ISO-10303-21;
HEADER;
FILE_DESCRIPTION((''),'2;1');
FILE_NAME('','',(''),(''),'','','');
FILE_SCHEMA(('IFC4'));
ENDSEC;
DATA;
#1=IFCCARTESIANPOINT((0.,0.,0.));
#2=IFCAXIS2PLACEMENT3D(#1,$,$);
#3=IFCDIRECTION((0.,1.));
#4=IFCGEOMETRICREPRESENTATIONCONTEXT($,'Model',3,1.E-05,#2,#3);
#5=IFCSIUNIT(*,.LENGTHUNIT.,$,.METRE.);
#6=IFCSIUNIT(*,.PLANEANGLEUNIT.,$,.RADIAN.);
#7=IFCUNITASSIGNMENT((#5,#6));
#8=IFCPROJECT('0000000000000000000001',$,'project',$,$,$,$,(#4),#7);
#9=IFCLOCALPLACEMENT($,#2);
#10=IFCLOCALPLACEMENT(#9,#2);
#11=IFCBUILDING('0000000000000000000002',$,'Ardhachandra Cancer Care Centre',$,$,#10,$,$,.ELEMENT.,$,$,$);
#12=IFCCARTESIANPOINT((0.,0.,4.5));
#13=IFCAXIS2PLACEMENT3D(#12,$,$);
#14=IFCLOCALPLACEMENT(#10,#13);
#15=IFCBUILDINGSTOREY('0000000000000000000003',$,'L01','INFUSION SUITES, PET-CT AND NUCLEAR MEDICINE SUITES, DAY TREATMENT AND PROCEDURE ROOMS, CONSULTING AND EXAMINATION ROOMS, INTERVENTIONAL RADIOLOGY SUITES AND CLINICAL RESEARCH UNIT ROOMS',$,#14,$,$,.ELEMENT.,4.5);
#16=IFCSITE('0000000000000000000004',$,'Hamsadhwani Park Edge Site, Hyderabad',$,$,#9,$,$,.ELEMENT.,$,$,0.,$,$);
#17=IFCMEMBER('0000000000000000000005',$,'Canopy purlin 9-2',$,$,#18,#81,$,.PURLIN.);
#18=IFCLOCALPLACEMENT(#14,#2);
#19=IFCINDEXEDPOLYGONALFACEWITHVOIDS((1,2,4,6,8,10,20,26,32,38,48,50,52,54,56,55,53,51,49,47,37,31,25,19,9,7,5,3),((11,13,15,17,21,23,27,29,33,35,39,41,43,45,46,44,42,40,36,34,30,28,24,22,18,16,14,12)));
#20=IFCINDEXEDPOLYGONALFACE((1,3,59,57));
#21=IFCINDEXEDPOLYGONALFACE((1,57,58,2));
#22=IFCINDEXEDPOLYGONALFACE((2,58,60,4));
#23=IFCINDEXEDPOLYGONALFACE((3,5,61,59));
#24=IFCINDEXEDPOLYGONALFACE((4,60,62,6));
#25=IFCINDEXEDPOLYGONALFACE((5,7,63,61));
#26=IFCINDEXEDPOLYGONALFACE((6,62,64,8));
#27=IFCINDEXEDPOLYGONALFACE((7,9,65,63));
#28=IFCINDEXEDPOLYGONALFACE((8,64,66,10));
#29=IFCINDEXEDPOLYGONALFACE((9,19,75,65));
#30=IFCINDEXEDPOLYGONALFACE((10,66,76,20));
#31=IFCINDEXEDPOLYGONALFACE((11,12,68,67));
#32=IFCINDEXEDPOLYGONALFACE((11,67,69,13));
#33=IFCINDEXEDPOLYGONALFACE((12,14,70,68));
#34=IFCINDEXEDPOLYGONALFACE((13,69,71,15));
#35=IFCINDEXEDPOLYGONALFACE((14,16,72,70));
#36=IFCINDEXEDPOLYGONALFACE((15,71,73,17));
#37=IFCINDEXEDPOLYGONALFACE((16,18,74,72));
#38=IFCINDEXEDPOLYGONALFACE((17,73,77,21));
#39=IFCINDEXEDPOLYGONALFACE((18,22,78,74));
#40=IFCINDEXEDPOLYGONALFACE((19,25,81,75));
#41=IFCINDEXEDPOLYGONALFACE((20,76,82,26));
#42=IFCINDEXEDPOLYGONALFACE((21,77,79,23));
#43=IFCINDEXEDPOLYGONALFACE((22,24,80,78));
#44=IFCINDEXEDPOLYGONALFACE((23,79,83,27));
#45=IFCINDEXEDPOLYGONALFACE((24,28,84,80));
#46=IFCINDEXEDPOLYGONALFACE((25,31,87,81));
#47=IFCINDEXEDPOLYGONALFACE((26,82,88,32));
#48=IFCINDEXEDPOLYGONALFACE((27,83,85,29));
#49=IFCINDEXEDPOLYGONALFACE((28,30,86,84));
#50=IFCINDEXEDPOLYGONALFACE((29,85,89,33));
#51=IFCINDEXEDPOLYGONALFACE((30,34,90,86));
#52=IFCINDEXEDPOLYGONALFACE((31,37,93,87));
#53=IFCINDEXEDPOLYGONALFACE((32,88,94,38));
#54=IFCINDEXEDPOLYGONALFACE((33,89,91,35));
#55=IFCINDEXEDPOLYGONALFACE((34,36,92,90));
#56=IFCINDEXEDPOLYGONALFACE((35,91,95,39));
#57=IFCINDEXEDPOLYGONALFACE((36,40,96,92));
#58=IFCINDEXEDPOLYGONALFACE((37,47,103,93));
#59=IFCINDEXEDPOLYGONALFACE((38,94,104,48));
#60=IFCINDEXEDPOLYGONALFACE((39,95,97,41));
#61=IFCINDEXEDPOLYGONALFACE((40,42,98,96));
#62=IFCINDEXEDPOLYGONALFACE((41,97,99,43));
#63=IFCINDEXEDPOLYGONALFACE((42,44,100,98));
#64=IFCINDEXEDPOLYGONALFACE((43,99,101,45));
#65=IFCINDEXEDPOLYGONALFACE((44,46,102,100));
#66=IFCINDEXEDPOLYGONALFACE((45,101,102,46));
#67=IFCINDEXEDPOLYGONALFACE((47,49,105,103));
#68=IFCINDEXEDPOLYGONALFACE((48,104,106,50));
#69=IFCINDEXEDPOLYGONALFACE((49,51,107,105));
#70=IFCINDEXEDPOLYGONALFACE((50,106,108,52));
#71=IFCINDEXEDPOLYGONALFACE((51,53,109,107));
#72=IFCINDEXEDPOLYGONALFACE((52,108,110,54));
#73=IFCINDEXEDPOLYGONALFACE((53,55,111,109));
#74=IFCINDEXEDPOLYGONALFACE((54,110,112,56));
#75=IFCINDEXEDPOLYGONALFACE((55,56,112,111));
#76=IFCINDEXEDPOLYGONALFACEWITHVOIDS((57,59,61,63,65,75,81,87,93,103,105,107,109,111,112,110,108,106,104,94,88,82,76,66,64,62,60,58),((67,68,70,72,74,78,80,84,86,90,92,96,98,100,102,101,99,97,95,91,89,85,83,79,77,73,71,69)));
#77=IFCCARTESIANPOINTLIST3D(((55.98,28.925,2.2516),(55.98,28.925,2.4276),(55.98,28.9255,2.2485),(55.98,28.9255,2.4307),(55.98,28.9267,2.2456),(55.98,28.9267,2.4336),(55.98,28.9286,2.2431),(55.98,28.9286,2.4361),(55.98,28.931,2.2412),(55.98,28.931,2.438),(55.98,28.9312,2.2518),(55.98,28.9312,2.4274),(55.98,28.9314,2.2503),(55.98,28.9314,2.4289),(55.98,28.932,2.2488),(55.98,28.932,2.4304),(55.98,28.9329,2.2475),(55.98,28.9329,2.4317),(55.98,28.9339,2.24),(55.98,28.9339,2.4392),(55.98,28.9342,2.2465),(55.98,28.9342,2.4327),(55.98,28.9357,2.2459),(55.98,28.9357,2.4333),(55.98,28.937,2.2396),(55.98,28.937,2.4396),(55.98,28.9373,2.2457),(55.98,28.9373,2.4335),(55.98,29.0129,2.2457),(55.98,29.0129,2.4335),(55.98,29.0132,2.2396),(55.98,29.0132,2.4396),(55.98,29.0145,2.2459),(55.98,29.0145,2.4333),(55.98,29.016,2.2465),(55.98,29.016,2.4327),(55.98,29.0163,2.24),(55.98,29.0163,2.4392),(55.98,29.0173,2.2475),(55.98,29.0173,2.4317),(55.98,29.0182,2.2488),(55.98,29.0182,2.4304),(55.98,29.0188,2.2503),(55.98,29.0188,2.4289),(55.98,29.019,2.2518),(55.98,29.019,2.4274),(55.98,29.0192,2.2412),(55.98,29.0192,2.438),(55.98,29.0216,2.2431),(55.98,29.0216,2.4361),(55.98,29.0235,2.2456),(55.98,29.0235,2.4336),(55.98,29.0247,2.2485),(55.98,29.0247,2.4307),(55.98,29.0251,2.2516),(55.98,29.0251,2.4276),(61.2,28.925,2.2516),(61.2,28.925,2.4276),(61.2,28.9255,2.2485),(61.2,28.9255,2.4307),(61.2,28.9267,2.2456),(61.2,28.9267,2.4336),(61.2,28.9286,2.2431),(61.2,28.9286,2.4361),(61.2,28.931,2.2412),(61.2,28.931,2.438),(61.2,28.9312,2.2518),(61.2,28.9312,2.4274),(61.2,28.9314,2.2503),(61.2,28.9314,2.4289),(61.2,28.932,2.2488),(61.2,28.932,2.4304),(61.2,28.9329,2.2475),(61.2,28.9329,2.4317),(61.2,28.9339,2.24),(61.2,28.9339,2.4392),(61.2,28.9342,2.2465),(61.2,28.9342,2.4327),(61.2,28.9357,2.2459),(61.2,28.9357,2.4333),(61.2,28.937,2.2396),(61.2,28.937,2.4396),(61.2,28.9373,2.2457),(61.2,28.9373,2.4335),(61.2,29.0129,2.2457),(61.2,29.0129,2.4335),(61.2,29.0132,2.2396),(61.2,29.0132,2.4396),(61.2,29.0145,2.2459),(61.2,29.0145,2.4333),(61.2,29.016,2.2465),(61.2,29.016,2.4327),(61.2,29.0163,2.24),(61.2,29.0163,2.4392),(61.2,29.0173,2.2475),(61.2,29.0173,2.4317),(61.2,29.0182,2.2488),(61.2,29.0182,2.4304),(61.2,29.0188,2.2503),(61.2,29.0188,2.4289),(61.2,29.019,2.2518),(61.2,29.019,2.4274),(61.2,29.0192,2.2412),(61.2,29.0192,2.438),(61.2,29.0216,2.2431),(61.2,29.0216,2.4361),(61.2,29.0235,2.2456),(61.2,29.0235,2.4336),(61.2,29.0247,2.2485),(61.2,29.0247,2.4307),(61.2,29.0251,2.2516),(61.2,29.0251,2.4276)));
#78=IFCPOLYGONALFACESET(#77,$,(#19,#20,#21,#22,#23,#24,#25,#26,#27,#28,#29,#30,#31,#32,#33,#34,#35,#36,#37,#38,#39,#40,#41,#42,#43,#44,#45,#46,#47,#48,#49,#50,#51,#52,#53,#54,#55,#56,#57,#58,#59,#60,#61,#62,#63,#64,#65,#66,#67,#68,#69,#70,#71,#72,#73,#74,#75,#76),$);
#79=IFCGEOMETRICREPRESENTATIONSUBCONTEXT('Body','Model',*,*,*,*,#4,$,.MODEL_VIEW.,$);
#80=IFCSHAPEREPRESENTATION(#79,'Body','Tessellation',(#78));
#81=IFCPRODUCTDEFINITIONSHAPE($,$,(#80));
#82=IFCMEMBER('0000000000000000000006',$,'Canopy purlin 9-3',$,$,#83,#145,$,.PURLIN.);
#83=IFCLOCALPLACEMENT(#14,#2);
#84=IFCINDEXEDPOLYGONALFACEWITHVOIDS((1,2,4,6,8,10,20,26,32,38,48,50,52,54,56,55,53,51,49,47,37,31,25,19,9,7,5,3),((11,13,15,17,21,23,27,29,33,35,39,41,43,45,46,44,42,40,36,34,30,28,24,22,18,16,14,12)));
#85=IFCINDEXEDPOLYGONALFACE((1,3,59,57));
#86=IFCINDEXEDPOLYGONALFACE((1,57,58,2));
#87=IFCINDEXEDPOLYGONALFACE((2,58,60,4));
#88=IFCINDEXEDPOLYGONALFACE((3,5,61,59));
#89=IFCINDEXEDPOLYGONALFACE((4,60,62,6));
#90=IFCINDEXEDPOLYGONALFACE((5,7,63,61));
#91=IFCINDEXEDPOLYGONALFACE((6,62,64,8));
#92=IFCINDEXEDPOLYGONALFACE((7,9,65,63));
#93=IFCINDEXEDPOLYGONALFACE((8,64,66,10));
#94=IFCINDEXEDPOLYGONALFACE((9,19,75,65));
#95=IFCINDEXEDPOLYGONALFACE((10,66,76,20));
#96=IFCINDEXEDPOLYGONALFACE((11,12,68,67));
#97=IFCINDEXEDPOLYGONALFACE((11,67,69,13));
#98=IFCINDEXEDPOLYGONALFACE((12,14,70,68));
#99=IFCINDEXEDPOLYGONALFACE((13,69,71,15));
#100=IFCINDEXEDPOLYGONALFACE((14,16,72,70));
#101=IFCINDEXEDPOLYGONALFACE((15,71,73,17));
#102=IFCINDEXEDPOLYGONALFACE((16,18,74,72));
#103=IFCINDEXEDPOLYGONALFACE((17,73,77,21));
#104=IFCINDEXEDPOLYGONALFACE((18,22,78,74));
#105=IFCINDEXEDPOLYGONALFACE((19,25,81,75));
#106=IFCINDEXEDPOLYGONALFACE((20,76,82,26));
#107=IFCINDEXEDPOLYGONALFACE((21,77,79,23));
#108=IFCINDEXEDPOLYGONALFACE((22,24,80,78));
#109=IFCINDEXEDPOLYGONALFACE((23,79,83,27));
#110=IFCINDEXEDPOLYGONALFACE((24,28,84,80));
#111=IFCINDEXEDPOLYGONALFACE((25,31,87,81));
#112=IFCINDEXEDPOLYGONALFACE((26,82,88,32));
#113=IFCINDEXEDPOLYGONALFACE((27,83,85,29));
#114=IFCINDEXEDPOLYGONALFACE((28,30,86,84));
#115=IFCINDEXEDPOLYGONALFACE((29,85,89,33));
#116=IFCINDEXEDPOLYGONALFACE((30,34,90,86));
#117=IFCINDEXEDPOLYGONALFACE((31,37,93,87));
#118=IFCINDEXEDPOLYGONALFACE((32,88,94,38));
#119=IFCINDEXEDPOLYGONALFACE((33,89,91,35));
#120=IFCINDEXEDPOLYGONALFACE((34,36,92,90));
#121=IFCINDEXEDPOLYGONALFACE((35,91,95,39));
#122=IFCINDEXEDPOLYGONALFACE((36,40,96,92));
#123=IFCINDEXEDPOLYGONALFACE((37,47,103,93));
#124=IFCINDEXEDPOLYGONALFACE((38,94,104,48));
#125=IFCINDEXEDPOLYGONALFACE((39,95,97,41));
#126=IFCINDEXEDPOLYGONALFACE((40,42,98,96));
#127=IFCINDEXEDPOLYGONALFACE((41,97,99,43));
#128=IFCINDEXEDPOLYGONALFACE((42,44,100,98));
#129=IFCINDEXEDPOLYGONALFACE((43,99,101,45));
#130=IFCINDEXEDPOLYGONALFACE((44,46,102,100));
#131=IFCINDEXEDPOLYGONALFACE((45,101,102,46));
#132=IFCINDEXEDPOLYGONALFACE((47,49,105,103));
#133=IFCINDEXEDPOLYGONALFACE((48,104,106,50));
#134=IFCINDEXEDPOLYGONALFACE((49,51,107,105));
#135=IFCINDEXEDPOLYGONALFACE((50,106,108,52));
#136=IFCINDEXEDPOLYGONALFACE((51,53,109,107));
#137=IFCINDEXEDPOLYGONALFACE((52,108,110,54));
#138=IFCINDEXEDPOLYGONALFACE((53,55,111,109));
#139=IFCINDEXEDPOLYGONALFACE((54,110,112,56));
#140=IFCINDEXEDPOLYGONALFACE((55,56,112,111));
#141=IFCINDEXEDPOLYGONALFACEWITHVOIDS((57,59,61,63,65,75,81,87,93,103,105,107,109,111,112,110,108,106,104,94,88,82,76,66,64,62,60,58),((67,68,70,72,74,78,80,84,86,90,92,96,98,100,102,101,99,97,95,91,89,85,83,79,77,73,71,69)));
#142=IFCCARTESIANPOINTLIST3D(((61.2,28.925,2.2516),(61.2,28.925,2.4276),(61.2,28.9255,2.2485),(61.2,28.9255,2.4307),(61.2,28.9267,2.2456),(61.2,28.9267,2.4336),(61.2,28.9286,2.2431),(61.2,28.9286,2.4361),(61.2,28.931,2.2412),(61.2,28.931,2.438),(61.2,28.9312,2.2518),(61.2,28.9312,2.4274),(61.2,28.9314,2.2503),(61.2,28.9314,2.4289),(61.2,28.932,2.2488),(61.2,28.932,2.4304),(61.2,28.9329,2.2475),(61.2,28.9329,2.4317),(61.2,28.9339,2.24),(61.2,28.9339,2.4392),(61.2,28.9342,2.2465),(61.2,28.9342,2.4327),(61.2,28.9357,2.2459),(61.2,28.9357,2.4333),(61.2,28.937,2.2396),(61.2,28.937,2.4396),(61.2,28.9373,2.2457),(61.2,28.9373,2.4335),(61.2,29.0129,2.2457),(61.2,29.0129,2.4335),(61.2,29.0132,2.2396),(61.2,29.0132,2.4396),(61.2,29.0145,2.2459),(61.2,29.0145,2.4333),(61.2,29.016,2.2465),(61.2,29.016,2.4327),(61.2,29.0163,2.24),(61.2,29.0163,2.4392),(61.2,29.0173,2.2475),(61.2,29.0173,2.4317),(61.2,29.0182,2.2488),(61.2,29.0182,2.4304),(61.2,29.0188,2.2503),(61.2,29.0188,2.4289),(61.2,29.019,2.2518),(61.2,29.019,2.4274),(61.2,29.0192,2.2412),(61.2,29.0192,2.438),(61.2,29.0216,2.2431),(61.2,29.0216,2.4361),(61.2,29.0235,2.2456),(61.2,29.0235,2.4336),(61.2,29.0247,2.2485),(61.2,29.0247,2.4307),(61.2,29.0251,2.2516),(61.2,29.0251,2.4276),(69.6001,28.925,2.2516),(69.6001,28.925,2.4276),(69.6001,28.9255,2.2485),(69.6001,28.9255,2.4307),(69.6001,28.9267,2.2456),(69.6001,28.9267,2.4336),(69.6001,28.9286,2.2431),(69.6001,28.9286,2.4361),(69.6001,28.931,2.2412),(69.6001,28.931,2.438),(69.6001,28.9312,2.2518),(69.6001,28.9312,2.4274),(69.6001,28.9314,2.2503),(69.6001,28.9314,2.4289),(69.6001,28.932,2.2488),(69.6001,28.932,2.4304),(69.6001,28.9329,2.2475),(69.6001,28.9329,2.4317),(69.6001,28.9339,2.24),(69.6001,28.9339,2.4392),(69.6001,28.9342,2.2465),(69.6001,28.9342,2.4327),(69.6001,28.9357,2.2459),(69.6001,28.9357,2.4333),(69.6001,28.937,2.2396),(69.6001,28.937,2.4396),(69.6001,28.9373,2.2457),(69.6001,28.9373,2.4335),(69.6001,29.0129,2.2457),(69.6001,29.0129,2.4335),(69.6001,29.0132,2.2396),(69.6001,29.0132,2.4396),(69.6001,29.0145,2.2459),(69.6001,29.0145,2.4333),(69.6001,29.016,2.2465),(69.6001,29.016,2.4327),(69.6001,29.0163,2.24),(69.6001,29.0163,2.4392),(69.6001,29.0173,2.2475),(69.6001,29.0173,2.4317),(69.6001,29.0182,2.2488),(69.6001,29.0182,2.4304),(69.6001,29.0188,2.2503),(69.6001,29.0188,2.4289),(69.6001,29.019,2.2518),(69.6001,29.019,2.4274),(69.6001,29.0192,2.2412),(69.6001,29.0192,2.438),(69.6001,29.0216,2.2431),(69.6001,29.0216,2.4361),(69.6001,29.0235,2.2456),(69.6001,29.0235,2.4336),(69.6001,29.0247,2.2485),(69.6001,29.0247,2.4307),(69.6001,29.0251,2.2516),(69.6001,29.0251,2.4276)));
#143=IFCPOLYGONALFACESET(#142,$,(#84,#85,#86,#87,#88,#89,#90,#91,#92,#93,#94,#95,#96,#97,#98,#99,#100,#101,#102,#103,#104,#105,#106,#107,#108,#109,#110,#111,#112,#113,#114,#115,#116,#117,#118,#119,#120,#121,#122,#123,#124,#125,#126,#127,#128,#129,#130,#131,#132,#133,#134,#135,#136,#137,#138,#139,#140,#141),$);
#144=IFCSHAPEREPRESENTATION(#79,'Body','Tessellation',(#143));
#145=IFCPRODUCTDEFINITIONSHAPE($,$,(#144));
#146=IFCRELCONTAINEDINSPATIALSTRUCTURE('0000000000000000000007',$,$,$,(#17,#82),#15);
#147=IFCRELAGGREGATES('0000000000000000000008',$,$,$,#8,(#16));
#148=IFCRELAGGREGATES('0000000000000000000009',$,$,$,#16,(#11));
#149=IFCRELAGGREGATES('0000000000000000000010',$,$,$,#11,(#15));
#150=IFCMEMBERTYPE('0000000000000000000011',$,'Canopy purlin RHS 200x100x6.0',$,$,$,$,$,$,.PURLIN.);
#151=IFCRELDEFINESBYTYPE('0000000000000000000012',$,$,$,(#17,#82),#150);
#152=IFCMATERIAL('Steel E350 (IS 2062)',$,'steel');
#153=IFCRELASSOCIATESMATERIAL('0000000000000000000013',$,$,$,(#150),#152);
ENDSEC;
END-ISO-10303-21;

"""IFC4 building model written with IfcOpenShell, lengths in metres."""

from ifc_helpers import new_model, si_unit, direction, frame, origin, origin_2d, place, context, subcontext, project, spatial, hollow_rectangle, extrude, material, material_profile, profile_set, type_object, element, save


model = new_model("IFC4")

# Units and contexts
model_context = context("Model", 3, precision=1e-05, world=origin(), true_north=direction((0.0, 1.0)))
body_context = subcontext(model_context, "Body", "Model", "MODEL_VIEW")
ifc_project = project(units=[si_unit("LENGTHUNIT", "METRE"), si_unit("PLANEANGLEUNIT", "RADIAN")], contexts=[model_context])

# Site, building, storey
site_placement = place(None, origin())
site = spatial("IfcSite", under=ifc_project, at=site_placement, Name="Hamsadhwani Park Edge Site, Hyderabad", CompositionType="ELEMENT", RefElevation=0.0)
building_placement = place(site_placement, origin())
building = spatial("IfcBuilding", under=site, at=building_placement, Name="Ardhachandra Cancer Care Centre", CompositionType="ELEMENT")
storey_placement = place(building_placement, frame((0.0, 0.0, 4.5)))
storey = spatial("IfcBuildingStorey", under=building, at=storey_placement, Name="L01", Description="INFUSION SUITES, PET-CT AND NUCLEAR MEDICINE SUITES, DAY TREATMENT AND PROCEDURE ROOMS, CONSULTING AND EXAMINATION ROOMS, INTERVENTIONAL RADIOLOGY SUITES AND CLINICAL RESEARCH UNIT ROOMS", CompositionType="ELEMENT", Elevation=4.5)

# Members
ifc_material_1 = material(Name="Steel E350 (IS 2062)", Category="steel")
ifc_material_profile_1 = material_profile(ifc_material_1, hollow_rectangle(XDim=0.1001, YDim=0.2, WallThickness=0.0061, InnerFilletRadius=0.0061, OuterFilletRadius=0.012, at=origin_2d()), Name="RHS 200x100x6.0")
ifc_profile_set_1 = profile_set([ifc_material_profile_1], Name="Steel E350 (IS 2062)")
member_type_1 = type_object("IfcMemberType", Name="Canopy purlin RHS 200x100x6.0", PredefinedType="PURLIN", material=ifc_profile_set_1)
member_1_placement = place(storey_placement, frame((55.98, 28.9751, 2.3396), z_axis=(1.0, 0.0, 0.0), x_axis=(0.0, 1.0, 0.0)))
element("IfcMember", 1, at=member_1_placement, inside=storey, type_object=member_type_1, Name="Canopy purlin 9-2", PredefinedType="PURLIN", context=body_context, shape_type="SweptSolid", body=[
    extrude(hollow_rectangle(XDim=0.1001, YDim=0.2, WallThickness=0.0061, InnerFilletRadius=0.0061, OuterFilletRadius=0.012, at=origin_2d()), origin(), (0.0, 0.0, 1.0), 5.22),
])
member_2_placement = place(storey_placement, frame((61.2, 28.9751, 2.3396), z_axis=(1.0, 0.0, 0.0), x_axis=(0.0, 1.0, 0.0)))
element("IfcMember", 2, at=member_2_placement, inside=storey, type_object=member_type_1, Name="Canopy purlin 9-3", PredefinedType="PURLIN", context=body_context, shape_type="SweptSolid", body=[
    extrude(hollow_rectangle(XDim=0.1001, YDim=0.2, WallThickness=0.0061, InnerFilletRadius=0.0061, OuterFilletRadius=0.012, at=origin_2d()), origin(), (0.0, 0.0, 1.0), 8.4001),
])

save(model, "model.ifc")
